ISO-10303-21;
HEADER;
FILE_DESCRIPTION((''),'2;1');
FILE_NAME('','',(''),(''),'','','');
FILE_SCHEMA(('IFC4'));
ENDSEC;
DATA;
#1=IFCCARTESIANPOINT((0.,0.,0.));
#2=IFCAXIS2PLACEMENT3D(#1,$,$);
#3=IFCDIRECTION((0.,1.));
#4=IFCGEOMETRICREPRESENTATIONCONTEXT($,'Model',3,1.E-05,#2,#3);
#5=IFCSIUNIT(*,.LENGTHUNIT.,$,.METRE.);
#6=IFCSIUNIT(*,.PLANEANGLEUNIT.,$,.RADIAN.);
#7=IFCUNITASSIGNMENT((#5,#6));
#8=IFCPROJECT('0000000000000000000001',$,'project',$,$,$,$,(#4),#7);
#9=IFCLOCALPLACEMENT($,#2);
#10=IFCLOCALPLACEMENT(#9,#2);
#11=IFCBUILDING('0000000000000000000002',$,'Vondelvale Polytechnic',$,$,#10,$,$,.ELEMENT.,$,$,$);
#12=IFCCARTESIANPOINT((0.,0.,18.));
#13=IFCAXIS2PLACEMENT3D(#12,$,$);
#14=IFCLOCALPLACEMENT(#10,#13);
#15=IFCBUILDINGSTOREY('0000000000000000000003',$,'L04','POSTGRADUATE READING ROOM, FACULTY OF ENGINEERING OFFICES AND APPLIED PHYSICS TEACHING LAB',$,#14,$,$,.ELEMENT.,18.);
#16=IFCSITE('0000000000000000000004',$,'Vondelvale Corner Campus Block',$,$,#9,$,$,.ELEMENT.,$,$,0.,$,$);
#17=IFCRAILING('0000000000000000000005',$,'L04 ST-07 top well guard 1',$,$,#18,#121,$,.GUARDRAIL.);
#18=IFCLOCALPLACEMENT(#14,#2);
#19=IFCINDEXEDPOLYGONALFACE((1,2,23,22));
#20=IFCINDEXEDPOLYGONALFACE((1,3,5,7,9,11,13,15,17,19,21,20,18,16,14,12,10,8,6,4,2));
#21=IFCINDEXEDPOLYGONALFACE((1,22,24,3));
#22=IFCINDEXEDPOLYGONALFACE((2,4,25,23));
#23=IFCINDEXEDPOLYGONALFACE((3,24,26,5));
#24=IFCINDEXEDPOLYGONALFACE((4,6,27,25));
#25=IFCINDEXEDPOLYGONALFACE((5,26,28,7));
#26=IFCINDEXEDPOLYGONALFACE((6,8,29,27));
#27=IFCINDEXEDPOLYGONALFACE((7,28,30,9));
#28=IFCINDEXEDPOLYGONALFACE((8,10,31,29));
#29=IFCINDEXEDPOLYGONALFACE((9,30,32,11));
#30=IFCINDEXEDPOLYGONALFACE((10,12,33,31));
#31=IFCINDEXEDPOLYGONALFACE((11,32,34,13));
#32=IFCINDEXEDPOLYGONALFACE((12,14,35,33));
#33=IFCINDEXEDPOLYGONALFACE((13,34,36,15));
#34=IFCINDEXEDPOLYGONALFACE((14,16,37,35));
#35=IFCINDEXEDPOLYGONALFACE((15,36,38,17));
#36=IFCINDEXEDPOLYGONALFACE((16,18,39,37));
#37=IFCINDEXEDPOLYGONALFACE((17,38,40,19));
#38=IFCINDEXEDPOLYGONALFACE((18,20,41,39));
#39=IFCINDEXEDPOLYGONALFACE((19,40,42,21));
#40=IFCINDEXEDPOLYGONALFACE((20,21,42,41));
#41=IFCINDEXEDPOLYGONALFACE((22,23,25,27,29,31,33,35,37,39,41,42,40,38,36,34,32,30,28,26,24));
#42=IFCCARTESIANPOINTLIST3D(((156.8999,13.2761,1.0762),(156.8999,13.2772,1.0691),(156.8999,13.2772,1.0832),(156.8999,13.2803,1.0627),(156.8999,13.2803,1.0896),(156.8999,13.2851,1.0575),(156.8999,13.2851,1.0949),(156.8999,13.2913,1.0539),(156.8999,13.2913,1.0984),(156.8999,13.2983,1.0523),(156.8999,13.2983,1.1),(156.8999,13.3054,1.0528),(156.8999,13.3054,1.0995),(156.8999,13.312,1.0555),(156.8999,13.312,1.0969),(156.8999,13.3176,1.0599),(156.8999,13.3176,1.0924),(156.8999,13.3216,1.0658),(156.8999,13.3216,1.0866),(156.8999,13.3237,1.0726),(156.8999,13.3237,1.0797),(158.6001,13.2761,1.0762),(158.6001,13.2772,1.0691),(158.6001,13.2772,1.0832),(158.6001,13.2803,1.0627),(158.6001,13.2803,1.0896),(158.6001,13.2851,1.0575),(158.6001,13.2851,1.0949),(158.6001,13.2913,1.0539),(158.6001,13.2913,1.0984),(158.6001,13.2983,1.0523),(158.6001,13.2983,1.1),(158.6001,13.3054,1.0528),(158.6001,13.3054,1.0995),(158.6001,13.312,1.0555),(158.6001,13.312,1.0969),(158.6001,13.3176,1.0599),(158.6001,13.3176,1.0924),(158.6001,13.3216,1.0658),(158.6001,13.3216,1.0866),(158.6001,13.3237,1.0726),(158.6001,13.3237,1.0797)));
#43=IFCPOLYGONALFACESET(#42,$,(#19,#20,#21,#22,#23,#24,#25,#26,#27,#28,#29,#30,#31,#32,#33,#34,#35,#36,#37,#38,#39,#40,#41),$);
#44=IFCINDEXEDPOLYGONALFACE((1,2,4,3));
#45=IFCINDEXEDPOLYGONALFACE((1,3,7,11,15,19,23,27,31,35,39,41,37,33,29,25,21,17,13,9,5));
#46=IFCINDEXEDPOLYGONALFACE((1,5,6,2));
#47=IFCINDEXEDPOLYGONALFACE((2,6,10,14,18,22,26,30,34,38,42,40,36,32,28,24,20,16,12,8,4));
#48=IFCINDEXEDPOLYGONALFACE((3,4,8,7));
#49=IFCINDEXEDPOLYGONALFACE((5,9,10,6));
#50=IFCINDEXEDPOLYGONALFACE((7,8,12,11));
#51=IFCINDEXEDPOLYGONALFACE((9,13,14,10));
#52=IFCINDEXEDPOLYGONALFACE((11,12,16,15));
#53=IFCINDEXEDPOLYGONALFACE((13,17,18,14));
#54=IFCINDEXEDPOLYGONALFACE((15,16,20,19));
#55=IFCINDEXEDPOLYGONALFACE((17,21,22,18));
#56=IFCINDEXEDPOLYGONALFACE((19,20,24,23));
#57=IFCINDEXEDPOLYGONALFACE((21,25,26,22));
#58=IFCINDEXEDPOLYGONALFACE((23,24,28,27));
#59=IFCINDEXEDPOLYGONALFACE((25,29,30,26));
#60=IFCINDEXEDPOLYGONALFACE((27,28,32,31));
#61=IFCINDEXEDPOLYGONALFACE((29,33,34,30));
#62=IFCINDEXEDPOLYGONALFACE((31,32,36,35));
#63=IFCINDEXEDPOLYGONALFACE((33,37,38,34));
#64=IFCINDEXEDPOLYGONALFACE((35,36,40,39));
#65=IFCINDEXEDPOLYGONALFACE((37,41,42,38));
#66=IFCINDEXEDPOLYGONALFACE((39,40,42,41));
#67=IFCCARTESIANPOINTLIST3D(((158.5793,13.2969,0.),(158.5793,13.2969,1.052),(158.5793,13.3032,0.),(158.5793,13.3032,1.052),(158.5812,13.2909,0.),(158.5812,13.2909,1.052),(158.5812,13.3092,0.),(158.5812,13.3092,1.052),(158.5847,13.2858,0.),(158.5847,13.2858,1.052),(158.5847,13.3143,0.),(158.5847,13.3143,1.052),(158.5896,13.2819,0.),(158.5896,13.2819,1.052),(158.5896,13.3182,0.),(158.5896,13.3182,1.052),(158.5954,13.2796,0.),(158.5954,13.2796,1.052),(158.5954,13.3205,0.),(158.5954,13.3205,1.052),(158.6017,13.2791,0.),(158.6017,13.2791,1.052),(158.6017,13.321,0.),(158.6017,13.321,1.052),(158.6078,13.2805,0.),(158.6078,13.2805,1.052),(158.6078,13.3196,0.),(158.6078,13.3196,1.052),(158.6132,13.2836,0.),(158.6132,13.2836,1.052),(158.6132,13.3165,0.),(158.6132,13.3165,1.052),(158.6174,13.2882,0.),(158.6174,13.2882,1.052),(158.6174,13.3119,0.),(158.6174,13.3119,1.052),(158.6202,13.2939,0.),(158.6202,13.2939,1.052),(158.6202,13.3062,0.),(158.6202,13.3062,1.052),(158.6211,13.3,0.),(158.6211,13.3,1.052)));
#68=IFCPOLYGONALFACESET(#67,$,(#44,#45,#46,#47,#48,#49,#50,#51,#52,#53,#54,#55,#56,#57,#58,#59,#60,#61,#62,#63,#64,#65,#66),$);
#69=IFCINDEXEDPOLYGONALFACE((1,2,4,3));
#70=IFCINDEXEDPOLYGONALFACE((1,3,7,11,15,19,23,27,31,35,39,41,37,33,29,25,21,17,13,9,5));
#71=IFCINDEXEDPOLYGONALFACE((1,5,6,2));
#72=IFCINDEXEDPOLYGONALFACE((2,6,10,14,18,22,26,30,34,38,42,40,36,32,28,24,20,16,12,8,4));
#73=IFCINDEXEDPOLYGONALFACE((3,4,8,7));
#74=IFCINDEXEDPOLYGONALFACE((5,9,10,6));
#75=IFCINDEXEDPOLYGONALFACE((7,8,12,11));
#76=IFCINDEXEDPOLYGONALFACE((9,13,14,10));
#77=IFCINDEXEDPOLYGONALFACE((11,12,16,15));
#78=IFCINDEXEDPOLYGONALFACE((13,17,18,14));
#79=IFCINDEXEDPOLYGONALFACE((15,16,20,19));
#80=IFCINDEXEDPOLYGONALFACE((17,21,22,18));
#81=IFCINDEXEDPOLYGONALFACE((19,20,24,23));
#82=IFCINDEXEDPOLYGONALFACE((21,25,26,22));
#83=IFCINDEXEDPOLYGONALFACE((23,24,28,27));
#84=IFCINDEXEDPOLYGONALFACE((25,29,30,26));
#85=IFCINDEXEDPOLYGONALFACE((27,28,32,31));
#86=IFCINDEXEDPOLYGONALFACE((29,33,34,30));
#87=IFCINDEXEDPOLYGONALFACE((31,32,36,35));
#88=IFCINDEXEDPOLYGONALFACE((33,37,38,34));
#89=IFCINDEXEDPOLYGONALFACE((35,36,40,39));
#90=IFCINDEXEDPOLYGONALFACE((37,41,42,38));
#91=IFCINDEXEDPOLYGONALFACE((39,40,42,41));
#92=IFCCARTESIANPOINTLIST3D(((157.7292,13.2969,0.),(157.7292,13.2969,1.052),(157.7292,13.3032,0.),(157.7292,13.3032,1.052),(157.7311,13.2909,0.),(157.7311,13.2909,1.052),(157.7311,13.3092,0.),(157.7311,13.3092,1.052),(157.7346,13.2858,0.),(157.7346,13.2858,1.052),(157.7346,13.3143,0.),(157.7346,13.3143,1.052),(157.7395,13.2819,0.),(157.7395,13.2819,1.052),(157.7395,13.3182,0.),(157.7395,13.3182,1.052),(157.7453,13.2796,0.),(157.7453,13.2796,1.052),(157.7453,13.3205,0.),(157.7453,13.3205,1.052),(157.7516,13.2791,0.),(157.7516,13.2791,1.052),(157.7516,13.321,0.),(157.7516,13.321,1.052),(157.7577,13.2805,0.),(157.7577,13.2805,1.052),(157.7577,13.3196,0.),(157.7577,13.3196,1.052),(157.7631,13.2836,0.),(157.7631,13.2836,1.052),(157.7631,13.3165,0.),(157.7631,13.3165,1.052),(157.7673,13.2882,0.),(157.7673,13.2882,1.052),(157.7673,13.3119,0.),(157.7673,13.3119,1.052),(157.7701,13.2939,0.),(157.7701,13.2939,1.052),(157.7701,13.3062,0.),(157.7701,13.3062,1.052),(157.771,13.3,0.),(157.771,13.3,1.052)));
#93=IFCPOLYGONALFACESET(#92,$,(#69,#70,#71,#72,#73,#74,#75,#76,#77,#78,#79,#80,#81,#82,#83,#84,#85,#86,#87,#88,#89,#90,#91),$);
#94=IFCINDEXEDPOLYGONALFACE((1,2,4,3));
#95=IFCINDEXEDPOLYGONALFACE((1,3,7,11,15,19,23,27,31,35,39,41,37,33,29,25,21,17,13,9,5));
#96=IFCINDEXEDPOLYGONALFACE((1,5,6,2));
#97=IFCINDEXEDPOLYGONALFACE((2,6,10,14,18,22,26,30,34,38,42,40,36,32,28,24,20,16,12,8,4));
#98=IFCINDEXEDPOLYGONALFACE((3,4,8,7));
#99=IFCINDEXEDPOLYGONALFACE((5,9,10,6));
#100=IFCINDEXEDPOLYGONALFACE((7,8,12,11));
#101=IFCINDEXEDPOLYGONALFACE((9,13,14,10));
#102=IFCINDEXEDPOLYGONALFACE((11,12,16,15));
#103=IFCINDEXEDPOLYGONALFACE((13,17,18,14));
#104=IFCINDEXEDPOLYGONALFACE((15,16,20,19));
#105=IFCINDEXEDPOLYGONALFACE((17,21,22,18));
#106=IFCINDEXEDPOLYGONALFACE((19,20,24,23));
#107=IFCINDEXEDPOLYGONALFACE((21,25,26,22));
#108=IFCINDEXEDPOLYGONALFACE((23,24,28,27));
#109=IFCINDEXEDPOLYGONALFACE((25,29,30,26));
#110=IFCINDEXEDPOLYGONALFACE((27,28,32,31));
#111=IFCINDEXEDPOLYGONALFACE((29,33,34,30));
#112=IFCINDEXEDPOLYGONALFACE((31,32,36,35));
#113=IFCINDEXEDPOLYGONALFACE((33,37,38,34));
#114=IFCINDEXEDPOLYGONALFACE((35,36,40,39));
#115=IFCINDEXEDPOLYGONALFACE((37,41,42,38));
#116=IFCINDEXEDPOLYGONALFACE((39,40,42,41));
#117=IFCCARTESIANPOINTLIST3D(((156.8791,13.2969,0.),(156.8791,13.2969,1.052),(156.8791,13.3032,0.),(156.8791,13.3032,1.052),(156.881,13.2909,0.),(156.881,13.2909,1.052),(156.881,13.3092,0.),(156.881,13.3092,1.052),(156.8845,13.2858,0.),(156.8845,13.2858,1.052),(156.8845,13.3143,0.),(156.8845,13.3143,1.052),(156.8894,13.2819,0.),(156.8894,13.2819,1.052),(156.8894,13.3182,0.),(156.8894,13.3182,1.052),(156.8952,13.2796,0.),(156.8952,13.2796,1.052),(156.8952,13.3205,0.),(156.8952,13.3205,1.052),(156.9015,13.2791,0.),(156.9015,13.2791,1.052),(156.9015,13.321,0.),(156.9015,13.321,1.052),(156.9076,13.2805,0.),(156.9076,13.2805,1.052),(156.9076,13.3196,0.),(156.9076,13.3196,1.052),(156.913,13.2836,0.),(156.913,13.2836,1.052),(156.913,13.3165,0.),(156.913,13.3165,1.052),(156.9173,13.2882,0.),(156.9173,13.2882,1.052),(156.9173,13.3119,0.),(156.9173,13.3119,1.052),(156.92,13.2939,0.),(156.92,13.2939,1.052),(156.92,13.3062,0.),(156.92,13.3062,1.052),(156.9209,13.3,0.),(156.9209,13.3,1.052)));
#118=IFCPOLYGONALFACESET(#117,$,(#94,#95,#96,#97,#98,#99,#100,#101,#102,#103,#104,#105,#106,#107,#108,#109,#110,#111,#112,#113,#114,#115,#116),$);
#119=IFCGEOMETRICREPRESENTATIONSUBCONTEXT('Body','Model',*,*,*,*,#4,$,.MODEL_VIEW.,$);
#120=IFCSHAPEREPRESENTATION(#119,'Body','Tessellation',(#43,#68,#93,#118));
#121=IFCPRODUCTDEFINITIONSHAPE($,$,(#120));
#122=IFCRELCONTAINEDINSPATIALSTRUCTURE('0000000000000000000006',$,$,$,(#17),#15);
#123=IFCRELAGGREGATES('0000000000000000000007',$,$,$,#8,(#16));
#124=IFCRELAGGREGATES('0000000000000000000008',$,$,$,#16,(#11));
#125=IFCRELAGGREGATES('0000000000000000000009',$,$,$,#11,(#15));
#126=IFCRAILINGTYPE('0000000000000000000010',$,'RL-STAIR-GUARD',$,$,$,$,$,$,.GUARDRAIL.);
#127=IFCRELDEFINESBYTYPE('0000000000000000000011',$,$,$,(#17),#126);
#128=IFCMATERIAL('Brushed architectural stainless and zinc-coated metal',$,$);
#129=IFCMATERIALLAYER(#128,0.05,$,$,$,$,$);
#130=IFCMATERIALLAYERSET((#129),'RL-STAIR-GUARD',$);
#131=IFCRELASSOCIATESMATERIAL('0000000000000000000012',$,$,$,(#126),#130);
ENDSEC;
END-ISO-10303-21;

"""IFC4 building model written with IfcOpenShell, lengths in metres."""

from ifc_helpers import new_model, si_unit, direction, frame, origin, origin_2d, place, context, subcontext, project, spatial, circle, extrude, material, layer, layer_set, type_object, element, save


model = new_model("IFC4")

# Units and contexts
model_context = context("Model", 3, precision=1e-05, world=origin(), true_north=direction((0.0, 1.0)))
body_context = subcontext(model_context, "Body", "Model", "MODEL_VIEW")
ifc_project = project(units=[si_unit("LENGTHUNIT", "METRE"), si_unit("PLANEANGLEUNIT", "RADIAN")], contexts=[model_context])

# Site, building, storey
site_placement = place(None, origin())
site = spatial("IfcSite", under=ifc_project, at=site_placement, Name="Vondelvale Corner Campus Block", CompositionType="ELEMENT", RefElevation=0.0)
building_placement = place(site_placement, origin())
building = spatial("IfcBuilding", under=site, at=building_placement, Name="Vondelvale Polytechnic", CompositionType="ELEMENT")
storey_placement = place(building_placement, frame((0.0, 0.0, 18.0)))
storey = spatial("IfcBuildingStorey", under=building, at=storey_placement, Name="L04", Description="POSTGRADUATE READING ROOM, FACULTY OF ENGINEERING OFFICES AND APPLIED PHYSICS TEACHING LAB", CompositionType="ELEMENT", Elevation=18.0)

# Shared definitions
ifc_material_1 = material(Name="Brushed architectural stainless and zinc-coated metal")

# Railing
ifc_layer_1 = layer(ifc_material_1, 0.05)
ifc_layer_set_1 = layer_set([ifc_layer_1], Name="RL-STAIR-GUARD")
railing_type = type_object("IfcRailingType", Name="RL-STAIR-GUARD", PredefinedType="GUARDRAIL", material=ifc_layer_set_1)
for number, where, name in (
    (1, (158.6001, 13.3, 0.0), "L04 ST-07 top well guard 1"),
):
    element("IfcRailing", number, at=place(storey_placement, frame(where)), inside=storey, type_object=railing_type, Name=name, PredefinedType="GUARDRAIL", context=body_context, shape_type="SweptSolid", body=[
        extrude(circle(Radius=0.0239, at=origin_2d()), frame((0.0, 0.0, 1.0762), z_axis=(-1.0, 0.0, 0.0), x_axis=(0.0, -1.0, 0.0)), (0.0, 0.0, 1.0), 1.7002),
        extrude(circle(Radius=0.021, at=origin_2d()), origin(), (0.0, 0.0, 1.0), 1.052),
        extrude(circle(Radius=0.021, at=origin_2d()), frame((-0.8501, 0.0, 0.0)), (0.0, 0.0, 1.0), 1.052),
        extrude(circle(Radius=0.021, at=origin_2d()), frame((-1.7002, 0.0, 0.0)), (0.0, 0.0, 1.0), 1.052),
    ])

save(model, "model.ifc")
